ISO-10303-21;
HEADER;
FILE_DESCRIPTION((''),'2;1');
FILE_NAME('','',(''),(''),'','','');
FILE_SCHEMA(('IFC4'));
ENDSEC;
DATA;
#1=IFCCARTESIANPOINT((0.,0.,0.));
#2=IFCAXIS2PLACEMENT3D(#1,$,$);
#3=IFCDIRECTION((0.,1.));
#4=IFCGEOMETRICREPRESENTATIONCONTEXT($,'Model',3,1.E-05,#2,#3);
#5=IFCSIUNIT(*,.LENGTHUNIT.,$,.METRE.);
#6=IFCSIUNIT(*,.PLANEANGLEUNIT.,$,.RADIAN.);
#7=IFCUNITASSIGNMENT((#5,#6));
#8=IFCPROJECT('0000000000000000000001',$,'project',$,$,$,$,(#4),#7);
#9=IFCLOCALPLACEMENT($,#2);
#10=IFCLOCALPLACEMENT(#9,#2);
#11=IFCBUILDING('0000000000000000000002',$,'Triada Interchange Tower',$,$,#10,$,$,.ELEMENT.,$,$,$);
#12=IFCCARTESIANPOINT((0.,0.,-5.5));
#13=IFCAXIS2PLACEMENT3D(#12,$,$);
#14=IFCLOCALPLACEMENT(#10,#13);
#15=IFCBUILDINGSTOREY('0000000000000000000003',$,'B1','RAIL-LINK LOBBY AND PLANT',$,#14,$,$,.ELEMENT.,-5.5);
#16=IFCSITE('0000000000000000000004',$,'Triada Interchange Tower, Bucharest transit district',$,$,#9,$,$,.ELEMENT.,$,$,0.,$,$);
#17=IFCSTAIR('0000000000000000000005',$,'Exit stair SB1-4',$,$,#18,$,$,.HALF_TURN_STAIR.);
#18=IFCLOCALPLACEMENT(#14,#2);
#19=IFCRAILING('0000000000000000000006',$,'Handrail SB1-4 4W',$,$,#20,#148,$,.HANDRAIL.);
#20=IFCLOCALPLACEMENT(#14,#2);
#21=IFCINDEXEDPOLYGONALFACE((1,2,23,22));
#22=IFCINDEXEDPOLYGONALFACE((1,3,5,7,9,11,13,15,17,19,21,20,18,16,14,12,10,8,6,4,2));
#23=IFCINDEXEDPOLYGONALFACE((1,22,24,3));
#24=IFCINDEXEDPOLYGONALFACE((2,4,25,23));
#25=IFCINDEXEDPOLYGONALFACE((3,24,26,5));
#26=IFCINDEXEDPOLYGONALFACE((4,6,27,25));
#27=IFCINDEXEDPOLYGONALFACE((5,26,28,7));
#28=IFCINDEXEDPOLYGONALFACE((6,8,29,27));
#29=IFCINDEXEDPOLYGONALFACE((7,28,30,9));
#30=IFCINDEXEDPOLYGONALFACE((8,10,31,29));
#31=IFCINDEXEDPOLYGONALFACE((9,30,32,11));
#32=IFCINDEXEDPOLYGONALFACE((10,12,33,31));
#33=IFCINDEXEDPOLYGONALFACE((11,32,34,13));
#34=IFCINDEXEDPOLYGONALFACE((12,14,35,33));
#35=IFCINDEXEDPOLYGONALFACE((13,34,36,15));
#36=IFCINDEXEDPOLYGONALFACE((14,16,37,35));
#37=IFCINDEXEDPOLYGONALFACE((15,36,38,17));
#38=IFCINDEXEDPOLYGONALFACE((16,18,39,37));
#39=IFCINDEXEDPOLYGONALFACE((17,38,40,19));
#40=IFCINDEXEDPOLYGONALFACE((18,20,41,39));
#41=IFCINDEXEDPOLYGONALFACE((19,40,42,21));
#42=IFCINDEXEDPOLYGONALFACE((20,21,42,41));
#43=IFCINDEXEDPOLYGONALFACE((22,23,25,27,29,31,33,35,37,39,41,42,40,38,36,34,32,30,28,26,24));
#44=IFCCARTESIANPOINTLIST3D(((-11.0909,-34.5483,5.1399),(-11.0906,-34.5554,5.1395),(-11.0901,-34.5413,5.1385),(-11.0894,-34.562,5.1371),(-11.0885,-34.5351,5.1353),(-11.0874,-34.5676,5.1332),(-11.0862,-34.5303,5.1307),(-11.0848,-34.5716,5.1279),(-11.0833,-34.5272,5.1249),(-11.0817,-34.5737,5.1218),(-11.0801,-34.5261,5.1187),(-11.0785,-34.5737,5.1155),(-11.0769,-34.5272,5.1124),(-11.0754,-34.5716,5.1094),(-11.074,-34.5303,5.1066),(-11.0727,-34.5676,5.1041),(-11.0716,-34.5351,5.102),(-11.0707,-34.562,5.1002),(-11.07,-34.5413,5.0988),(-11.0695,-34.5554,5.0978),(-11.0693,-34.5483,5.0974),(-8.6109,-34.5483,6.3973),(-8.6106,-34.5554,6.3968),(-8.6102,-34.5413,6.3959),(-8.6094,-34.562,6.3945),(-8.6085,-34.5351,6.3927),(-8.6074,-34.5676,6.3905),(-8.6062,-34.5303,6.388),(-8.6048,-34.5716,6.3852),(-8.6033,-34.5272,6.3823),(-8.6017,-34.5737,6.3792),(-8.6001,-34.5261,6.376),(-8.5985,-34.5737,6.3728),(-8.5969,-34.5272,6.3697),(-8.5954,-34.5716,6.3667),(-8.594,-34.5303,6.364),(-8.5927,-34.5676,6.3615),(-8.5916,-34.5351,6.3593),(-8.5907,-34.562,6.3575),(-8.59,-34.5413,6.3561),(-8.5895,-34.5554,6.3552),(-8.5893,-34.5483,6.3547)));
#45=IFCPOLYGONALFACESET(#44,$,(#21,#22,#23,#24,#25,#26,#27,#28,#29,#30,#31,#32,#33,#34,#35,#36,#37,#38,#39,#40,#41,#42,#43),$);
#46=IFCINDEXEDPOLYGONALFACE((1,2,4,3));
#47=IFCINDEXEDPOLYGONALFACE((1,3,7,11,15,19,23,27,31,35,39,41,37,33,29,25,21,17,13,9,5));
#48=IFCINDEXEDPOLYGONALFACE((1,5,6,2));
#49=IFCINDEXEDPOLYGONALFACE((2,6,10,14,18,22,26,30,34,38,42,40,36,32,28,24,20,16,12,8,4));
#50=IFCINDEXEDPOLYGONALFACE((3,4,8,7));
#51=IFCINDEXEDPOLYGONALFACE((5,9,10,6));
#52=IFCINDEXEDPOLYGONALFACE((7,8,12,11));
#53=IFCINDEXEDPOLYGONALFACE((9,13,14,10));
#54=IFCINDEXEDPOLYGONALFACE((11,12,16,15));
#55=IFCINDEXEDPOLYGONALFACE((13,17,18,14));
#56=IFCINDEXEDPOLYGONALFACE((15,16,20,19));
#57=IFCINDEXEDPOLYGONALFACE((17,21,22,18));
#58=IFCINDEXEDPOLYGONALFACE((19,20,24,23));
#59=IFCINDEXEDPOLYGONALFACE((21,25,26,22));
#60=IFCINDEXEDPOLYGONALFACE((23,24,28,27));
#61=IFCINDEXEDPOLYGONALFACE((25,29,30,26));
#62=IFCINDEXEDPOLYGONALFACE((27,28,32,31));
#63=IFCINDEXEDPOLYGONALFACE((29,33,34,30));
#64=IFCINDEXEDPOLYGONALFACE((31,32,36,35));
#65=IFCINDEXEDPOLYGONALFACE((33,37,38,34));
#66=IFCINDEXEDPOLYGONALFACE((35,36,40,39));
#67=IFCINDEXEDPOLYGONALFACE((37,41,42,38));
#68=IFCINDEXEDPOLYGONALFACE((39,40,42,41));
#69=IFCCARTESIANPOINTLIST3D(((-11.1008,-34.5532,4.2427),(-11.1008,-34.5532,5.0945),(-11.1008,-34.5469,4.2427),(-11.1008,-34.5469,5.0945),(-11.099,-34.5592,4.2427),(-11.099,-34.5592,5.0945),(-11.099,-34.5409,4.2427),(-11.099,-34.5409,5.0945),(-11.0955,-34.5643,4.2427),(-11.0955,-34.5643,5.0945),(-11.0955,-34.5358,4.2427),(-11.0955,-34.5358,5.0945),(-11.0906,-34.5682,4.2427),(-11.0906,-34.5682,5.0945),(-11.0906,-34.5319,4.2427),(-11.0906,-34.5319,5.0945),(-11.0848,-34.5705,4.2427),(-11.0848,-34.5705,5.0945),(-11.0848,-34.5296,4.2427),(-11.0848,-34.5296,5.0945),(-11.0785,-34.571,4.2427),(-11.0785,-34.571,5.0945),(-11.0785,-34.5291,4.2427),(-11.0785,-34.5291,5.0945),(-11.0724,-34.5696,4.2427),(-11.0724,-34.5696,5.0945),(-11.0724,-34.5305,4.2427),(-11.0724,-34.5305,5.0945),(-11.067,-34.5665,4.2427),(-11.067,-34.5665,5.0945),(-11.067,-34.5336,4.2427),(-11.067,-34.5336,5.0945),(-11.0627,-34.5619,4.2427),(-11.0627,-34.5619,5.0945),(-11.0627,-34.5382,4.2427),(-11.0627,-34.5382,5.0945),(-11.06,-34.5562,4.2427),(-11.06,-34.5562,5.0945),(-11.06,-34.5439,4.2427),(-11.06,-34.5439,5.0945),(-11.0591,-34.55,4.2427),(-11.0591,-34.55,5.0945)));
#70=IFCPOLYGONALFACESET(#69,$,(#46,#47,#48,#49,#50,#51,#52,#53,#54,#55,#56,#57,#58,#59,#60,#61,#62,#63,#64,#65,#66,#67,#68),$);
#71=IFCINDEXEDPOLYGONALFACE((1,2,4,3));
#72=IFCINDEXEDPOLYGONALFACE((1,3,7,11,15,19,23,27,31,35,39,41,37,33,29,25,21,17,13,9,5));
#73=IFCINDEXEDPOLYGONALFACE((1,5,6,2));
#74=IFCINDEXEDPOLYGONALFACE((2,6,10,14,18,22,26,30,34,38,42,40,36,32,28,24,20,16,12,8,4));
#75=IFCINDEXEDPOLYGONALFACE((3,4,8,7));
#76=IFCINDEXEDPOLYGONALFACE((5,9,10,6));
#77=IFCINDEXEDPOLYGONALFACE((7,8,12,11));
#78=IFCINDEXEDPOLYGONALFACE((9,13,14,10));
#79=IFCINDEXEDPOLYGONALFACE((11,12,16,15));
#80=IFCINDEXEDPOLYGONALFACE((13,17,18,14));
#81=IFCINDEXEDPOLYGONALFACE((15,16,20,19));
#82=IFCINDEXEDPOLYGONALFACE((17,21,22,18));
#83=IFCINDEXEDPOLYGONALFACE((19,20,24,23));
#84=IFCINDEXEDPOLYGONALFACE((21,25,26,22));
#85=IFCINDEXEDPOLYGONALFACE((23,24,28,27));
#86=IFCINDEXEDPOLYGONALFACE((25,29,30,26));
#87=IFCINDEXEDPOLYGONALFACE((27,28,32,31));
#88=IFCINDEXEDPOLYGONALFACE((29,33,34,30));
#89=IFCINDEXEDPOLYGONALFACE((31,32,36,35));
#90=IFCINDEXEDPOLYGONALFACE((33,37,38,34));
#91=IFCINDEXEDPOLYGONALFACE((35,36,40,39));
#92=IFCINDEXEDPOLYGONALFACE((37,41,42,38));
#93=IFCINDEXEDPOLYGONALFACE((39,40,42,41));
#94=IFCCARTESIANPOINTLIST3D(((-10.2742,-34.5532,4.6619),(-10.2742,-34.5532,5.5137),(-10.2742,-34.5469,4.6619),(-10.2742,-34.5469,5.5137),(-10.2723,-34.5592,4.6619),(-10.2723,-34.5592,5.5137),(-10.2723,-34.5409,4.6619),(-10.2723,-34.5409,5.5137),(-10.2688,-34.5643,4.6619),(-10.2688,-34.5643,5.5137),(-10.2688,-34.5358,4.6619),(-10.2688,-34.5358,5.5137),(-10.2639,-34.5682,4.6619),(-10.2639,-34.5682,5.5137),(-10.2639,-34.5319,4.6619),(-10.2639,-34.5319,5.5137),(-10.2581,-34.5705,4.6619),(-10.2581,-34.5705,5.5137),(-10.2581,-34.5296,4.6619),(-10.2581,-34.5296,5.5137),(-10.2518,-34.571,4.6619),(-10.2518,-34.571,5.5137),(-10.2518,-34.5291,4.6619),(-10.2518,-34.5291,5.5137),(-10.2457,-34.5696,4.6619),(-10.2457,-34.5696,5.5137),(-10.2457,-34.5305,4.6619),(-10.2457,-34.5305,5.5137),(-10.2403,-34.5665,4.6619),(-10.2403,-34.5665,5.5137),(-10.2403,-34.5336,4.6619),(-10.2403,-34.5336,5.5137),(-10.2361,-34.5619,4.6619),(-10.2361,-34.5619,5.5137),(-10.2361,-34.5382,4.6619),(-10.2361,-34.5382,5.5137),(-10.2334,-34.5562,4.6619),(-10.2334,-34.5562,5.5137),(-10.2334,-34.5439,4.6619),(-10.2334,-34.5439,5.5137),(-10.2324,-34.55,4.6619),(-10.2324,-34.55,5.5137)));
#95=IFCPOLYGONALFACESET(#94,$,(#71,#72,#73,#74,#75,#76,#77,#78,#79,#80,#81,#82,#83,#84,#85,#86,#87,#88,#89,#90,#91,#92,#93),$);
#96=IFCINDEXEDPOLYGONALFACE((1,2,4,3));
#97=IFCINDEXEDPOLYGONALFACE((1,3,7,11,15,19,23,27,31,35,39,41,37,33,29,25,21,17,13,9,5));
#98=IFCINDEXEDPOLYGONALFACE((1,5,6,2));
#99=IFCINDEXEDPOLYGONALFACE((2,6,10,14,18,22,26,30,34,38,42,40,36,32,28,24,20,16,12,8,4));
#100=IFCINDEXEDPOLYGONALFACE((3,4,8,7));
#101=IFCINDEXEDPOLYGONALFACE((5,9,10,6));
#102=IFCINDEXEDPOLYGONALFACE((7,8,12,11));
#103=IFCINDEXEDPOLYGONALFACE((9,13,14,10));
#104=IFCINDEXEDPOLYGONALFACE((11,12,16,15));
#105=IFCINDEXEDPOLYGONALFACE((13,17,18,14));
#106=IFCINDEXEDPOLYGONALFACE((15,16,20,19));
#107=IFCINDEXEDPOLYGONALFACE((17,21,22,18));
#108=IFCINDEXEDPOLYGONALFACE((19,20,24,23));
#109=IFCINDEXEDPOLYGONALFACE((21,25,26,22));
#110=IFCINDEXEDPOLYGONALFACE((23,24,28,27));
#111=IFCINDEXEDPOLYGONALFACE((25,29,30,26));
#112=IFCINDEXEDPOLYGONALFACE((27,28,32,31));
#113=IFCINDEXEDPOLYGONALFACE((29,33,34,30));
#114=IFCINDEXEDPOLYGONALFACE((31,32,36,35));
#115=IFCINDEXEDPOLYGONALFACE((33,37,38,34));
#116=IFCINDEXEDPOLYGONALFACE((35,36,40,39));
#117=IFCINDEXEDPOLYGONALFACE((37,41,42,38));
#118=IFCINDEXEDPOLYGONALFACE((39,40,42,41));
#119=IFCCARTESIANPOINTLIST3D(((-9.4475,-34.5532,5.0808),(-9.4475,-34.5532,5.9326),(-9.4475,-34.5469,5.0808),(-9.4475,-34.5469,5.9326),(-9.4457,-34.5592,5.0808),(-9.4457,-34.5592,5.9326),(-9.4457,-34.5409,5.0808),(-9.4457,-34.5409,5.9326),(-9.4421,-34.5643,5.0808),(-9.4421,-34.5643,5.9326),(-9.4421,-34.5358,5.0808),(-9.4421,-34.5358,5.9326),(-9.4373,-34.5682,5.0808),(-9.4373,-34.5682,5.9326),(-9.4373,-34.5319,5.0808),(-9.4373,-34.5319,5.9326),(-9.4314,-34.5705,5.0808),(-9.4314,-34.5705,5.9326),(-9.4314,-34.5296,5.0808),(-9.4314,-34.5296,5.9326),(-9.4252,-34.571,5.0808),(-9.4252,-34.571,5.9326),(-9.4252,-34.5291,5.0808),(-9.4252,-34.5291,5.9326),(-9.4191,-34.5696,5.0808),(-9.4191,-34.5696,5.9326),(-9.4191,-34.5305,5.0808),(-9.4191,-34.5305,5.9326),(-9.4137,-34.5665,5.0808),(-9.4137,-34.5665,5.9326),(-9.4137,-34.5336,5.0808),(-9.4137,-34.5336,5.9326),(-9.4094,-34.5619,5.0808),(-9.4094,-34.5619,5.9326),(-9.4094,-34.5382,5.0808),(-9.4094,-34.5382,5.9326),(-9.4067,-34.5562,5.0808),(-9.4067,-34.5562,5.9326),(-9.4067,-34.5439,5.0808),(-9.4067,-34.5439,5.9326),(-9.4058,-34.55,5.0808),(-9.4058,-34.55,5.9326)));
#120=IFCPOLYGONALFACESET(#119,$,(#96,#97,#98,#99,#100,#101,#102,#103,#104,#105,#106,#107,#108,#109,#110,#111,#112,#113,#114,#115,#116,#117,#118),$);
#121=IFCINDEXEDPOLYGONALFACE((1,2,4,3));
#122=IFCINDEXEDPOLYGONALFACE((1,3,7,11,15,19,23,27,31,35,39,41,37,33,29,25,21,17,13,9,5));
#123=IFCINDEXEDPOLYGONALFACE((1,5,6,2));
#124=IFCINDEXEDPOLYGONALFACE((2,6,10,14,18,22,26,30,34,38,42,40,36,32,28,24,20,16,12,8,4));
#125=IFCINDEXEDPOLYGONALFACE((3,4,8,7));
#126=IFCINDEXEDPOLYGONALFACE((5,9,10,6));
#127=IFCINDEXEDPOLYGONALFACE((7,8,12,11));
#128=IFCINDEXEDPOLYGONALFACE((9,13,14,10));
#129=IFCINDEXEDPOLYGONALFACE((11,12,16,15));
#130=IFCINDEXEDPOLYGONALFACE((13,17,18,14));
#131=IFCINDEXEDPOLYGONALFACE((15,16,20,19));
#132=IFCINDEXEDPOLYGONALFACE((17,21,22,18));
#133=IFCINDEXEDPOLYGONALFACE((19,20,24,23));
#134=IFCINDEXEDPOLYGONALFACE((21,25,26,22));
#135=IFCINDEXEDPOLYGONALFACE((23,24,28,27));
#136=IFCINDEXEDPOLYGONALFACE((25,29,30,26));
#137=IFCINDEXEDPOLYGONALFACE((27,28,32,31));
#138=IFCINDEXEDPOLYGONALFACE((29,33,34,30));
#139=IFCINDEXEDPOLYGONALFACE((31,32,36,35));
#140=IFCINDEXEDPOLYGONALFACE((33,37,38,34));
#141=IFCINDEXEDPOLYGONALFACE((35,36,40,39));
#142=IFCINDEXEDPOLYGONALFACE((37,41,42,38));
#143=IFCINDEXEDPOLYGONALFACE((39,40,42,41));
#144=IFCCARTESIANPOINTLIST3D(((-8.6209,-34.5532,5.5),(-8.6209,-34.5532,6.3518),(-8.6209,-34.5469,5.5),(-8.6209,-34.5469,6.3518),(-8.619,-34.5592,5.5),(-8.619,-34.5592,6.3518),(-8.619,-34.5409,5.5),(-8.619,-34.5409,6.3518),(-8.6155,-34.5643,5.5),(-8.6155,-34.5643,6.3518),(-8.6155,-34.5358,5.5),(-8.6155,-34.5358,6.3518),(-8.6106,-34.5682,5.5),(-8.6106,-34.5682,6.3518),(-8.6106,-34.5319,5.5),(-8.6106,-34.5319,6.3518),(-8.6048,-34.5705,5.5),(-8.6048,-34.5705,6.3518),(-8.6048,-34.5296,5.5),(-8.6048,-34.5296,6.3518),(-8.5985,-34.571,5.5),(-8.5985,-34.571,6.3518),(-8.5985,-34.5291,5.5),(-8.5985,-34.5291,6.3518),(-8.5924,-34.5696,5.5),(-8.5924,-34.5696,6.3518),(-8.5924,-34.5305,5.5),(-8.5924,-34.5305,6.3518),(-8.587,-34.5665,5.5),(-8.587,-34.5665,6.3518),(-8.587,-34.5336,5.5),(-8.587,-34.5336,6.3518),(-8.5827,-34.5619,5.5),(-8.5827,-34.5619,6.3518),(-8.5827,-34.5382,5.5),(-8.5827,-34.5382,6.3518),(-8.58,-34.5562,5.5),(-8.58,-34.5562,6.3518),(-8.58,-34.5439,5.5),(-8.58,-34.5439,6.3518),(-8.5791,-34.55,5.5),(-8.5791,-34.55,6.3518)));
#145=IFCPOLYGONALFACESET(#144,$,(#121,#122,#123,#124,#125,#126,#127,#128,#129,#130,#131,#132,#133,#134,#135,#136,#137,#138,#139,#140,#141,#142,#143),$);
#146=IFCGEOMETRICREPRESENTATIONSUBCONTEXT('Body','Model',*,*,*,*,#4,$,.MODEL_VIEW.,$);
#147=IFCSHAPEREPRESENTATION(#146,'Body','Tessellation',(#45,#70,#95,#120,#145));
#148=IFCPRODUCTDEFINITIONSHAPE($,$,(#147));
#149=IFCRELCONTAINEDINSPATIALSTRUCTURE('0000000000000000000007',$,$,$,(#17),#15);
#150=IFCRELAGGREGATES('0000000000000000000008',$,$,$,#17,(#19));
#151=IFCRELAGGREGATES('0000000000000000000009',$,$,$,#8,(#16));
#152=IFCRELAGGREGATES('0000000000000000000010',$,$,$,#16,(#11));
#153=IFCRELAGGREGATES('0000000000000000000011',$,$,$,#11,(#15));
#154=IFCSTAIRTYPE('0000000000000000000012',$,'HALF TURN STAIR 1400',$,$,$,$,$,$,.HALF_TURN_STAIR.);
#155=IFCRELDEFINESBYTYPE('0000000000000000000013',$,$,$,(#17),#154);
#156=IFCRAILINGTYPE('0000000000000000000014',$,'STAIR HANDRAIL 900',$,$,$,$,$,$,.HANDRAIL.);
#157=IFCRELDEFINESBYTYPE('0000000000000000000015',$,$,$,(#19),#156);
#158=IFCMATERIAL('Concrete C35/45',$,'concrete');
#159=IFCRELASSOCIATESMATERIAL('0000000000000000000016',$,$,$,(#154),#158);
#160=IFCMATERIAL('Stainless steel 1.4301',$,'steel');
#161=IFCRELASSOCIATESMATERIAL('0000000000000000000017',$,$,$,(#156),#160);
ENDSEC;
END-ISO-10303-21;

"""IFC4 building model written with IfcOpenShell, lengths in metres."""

from ifc_helpers import new_model, si_unit, direction, frame, origin, origin_2d, place, context, subcontext, project, spatial, circle, extrude, material, type_object, element, aggregate, save


model = new_model("IFC4")

# Units and contexts
model_context = context("Model", 3, precision=1e-05, world=origin(), true_north=direction((0.0, 1.0)))
body_context = subcontext(model_context, "Body", "Model", "MODEL_VIEW")
ifc_project = project(units=[si_unit("LENGTHUNIT", "METRE"), si_unit("PLANEANGLEUNIT", "RADIAN")], contexts=[model_context])

# Site, building, storey
site_placement = place(None, origin())
site = spatial("IfcSite", under=ifc_project, at=site_placement, Name="Triada Interchange Tower, Bucharest transit district", CompositionType="ELEMENT", RefElevation=0.0)
building_placement = place(site_placement, origin())
building = spatial("IfcBuilding", under=site, at=building_placement, Name="Triada Interchange Tower", CompositionType="ELEMENT")
storey_placement = place(building_placement, frame((0.0, 0.0, -5.5)))
storey = spatial("IfcBuildingStorey", under=building, at=storey_placement, Name="B1", Description="RAIL-LINK LOBBY AND PLANT", CompositionType="ELEMENT", Elevation=-5.5)

# Shared definitions
ifc_material_1 = material(Name="Concrete C35/45", Category="concrete")

# Stair, railing
stair_type = type_object("IfcStairType", Name="HALF TURN STAIR 1400", PredefinedType="HALF_TURN_STAIR", material=ifc_material_1)
stair_1_placement = place(storey_placement, origin())
stair_1 = element("IfcStair", 1, at=stair_1_placement, inside=storey, type_object=stair_type, Name="Exit stair SB1-4", PredefinedType="HALF_TURN_STAIR")
ifc_material_2 = material(Name="Stainless steel 1.4301", Category="steel")
railing_type_1 = type_object("IfcRailingType", Name="STAIR HANDRAIL 900", PredefinedType="HANDRAIL", material=ifc_material_2)
railing_1_placement = place(storey_placement, frame((-11.0801, -34.55, 4.2427)))
railing_1 = element("IfcRailing", 2, at=railing_1_placement, type_object=railing_type_1, Name="Handrail SB1-4 4W", PredefinedType="HANDRAIL", context=body_context, shape_type="SweptSolid", body=[
    extrude(circle(Radius=0.0239, at=origin_2d()), frame((0.0, 0.0, 0.876), z_axis=(0.89192, 0.0, 0.452194), x_axis=(0.0, 1.0, 0.0)), (0.0, 0.0, 1.0), 2.7805),
    extrude(circle(Radius=0.021, at=origin_2d()), origin(), (0.0, 0.0, 1.0), 0.8518),
    extrude(circle(Radius=0.021, at=origin_2d()), frame((0.8267, 0.0, 0.4192)), (0.0, 0.0, 1.0), 0.8518),
    extrude(circle(Radius=0.021, at=origin_2d()), frame((1.6533, 0.0, 0.8381)), (0.0, 0.0, 1.0), 0.8518),
    extrude(circle(Radius=0.021, at=origin_2d()), frame((2.48, 0.0, 1.2573)), (0.0, 0.0, 1.0), 0.8518),
])
aggregate(stair_1, [railing_1])

save(model, "model.ifc")
